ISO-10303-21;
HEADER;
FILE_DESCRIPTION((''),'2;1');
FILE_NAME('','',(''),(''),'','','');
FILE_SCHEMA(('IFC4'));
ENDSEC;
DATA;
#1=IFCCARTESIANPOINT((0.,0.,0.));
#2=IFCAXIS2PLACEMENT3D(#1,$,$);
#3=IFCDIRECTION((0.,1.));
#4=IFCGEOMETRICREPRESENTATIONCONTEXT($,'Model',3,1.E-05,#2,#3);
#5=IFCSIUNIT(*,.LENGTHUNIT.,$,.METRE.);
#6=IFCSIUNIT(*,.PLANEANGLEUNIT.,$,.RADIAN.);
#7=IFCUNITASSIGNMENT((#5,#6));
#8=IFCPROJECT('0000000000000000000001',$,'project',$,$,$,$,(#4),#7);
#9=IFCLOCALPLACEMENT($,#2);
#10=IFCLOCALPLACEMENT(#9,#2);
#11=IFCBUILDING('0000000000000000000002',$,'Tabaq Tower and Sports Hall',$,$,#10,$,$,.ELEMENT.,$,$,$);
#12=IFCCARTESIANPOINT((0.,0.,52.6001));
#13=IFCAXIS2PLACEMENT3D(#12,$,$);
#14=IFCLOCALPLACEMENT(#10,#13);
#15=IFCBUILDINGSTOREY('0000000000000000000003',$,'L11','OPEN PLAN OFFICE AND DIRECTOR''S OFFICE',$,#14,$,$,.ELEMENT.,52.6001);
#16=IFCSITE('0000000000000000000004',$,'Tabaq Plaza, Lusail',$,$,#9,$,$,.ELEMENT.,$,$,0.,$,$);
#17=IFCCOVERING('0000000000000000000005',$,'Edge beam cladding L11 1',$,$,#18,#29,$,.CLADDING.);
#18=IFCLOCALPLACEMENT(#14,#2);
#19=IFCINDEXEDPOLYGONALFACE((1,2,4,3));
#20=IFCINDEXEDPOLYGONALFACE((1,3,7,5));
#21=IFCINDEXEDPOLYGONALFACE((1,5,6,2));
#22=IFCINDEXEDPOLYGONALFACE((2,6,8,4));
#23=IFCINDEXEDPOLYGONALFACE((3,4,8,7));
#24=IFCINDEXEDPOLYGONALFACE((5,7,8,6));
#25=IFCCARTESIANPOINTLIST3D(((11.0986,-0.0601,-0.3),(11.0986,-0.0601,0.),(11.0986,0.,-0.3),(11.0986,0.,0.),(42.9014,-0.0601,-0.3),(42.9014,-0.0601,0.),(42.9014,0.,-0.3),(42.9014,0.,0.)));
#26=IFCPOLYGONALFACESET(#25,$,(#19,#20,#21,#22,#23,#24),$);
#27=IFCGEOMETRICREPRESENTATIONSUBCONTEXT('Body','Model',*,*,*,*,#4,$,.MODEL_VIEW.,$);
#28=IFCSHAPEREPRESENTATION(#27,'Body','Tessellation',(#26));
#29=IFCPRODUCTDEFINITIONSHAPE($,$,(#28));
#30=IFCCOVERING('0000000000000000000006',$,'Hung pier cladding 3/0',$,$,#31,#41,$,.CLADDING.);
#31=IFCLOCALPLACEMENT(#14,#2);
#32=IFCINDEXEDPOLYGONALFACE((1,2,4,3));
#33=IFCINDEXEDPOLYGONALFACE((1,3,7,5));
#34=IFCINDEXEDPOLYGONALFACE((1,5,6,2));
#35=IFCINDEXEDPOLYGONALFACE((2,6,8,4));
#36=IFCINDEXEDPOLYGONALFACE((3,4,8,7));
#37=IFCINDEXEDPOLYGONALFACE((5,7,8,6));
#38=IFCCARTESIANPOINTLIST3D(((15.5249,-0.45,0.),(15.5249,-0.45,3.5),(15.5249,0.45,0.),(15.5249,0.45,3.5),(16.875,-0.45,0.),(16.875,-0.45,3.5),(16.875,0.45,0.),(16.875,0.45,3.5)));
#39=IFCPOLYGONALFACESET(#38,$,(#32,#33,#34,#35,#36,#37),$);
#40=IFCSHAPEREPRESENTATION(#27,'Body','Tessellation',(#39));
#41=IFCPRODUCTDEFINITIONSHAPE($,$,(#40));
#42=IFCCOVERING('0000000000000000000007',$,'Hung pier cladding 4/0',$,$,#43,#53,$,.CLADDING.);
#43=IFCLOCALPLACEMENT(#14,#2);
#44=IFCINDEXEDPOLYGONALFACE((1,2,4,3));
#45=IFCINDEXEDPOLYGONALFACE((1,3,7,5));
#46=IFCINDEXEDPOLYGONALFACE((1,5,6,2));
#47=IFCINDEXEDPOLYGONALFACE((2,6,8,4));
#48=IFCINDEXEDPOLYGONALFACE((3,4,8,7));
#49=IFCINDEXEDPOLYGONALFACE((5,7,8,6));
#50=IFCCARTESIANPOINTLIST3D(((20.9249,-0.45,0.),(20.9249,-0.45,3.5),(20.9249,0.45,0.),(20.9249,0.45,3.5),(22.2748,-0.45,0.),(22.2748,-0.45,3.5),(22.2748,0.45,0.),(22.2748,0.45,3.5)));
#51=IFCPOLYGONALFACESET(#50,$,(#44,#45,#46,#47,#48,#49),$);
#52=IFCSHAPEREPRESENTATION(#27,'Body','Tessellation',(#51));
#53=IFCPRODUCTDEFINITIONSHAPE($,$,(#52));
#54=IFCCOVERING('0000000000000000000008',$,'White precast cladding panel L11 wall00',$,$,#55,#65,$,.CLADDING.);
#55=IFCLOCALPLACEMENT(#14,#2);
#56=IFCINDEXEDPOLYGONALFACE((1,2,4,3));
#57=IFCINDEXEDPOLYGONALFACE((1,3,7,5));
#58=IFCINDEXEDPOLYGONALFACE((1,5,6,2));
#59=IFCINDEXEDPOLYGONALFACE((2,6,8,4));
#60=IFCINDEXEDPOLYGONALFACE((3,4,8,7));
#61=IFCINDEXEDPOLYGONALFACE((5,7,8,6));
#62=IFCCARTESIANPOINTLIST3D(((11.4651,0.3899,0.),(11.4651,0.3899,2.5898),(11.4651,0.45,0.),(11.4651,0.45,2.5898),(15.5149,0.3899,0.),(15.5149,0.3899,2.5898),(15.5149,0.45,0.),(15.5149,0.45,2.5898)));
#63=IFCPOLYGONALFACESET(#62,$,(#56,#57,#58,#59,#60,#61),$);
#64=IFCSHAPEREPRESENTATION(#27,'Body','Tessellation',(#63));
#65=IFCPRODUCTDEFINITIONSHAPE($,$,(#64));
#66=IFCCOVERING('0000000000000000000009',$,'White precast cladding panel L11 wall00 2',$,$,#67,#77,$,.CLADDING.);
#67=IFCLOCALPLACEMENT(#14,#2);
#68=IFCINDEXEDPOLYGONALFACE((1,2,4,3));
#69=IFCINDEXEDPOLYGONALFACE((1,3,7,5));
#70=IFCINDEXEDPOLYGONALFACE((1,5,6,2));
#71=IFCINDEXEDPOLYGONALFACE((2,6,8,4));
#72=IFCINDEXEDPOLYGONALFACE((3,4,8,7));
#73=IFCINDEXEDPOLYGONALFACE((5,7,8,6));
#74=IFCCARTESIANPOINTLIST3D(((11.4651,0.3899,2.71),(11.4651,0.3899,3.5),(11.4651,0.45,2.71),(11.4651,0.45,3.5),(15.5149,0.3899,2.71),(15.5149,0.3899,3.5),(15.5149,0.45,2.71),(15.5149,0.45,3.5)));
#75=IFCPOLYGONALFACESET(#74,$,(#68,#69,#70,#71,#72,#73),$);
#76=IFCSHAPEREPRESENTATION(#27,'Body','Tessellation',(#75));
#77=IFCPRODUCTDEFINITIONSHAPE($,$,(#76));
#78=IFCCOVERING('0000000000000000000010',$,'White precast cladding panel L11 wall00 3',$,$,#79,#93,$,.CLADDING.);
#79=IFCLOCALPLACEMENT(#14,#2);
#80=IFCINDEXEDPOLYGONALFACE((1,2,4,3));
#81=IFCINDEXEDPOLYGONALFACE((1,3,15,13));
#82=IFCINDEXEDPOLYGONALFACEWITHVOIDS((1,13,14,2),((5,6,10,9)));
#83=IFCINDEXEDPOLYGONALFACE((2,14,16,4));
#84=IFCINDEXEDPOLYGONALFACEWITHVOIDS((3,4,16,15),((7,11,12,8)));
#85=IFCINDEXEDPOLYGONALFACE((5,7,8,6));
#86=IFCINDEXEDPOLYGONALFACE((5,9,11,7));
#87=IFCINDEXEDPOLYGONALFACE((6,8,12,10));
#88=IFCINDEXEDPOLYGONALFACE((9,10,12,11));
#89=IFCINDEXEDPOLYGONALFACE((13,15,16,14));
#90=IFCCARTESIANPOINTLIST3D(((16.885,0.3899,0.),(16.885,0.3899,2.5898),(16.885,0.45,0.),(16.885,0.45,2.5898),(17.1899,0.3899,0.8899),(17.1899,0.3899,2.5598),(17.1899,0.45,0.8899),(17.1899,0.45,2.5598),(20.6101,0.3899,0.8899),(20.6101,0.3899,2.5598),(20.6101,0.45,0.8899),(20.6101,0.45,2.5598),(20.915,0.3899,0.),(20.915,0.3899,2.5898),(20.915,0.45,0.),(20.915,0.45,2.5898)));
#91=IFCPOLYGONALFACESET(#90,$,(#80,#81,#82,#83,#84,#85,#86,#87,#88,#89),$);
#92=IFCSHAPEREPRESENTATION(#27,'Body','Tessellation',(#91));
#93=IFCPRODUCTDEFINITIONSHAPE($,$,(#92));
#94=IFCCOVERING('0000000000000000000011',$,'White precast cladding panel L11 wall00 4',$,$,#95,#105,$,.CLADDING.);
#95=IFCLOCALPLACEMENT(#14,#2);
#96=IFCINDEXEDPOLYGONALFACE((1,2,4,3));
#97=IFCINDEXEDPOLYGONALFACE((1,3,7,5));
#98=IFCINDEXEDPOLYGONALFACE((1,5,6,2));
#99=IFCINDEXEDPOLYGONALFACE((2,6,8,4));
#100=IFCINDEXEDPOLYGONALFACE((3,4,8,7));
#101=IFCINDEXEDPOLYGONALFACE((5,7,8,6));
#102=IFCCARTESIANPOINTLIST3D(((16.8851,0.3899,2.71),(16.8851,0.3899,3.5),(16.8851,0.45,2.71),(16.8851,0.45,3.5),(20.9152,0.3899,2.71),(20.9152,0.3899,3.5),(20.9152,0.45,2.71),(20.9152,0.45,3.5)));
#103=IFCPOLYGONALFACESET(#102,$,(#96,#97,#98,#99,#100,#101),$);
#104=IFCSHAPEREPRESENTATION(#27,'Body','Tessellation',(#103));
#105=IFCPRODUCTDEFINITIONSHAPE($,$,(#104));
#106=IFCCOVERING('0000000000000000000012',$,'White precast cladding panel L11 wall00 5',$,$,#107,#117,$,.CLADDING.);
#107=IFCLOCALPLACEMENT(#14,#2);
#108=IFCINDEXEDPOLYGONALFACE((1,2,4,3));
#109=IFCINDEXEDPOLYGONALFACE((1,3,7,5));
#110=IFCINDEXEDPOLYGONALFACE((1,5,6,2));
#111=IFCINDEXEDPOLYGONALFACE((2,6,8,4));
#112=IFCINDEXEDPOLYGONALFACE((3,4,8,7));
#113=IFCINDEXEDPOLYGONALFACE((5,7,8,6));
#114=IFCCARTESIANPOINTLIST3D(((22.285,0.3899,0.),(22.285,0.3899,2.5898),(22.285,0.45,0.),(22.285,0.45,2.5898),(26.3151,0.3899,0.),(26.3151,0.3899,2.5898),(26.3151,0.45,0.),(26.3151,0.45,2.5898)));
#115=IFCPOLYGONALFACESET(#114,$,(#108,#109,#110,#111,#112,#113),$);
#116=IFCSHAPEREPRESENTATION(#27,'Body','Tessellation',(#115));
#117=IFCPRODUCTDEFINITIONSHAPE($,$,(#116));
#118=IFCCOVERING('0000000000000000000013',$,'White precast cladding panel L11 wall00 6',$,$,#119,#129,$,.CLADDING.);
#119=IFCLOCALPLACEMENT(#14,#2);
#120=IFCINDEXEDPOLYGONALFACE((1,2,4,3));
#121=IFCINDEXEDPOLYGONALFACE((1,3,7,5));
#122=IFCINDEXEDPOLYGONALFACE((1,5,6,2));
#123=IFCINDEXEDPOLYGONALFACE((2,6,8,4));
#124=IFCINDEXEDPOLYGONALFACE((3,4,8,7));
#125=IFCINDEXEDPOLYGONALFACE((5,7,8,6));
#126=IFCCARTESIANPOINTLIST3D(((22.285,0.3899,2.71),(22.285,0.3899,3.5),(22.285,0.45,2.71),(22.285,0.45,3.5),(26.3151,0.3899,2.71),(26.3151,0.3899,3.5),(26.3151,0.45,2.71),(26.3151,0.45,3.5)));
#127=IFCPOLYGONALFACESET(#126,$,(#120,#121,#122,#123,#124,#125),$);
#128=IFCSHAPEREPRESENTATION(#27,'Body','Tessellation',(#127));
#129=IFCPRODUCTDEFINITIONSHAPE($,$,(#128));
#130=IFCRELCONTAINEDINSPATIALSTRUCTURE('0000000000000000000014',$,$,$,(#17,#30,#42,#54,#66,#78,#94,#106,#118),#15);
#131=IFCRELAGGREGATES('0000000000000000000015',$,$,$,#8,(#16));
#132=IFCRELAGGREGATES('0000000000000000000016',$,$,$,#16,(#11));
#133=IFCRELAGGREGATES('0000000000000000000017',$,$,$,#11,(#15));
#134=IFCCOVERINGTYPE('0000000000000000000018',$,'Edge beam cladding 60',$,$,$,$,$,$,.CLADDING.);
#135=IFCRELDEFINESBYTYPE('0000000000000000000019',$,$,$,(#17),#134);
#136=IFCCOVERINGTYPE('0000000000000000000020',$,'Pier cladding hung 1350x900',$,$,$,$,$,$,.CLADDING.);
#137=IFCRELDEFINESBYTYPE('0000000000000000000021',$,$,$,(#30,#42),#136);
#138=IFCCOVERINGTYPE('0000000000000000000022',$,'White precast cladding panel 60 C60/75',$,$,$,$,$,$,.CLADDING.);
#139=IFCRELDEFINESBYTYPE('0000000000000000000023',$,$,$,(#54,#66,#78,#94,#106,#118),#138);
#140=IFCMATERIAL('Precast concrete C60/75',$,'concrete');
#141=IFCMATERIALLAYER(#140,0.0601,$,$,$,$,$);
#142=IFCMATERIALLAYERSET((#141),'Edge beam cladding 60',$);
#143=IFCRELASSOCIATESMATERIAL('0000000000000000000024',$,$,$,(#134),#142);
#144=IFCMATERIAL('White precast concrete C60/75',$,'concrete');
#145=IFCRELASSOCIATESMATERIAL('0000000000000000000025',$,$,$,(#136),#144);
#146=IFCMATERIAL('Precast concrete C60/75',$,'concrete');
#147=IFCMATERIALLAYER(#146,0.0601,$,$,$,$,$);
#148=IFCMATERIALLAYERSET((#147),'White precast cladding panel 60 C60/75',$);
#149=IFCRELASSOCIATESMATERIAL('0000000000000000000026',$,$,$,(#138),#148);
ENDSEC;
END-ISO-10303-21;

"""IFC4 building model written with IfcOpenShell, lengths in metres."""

from ifc_helpers import new_model, si_unit, direction, frame, frame_2d, origin, place, context, subcontext, project, spatial, polyline, rectangle, outline, extrude, material, layer, layer_set, type_object, element, save


model = new_model("IFC4")

# Units and contexts
model_context = context("Model", 3, precision=1e-05, world=origin(), true_north=direction((0.0, 1.0)))
body_context = subcontext(model_context, "Body", "Model", "MODEL_VIEW")
ifc_project = project(units=[si_unit("LENGTHUNIT", "METRE"), si_unit("PLANEANGLEUNIT", "RADIAN")], contexts=[model_context])

# Site, building, storey
site_placement = place(None, origin())
site = spatial("IfcSite", under=ifc_project, at=site_placement, Name="Tabaq Plaza, Lusail", CompositionType="ELEMENT", RefElevation=0.0)
building_placement = place(site_placement, origin())
building = spatial("IfcBuilding", under=site, at=building_placement, Name="Tabaq Tower and Sports Hall", CompositionType="ELEMENT")
storey_placement = place(building_placement, frame((0.0, 0.0, 52.6001)))
storey = spatial("IfcBuildingStorey", under=building, at=storey_placement, Name="L11", Description="OPEN PLAN OFFICE AND DIRECTOR'S OFFICE", CompositionType="ELEMENT", Elevation=52.6001)

# Coverings
ifc_material_1 = material(Name="Precast concrete C60/75", Category="concrete")
ifc_layer_1 = layer(ifc_material_1, 0.0601)
ifc_layer_set_1 = layer_set([ifc_layer_1], Name="Edge beam cladding 60")
covering_type_1 = type_object("IfcCoveringType", Name="Edge beam cladding 60", PredefinedType="CLADDING", material=ifc_layer_set_1)
covering_1_placement = place(storey_placement, frame((11.0986, -0.03, -0.3), z_axis=(0.0, 0.0, 1.0), x_axis=(1.0, 0.0, 0.0)))
element("IfcCovering", 1, at=covering_1_placement, inside=storey, type_object=covering_type_1, Name="Edge beam cladding L11 1", PredefinedType="CLADDING", context=body_context, shape_type="SweptSolid", body=[
    extrude(rectangle(XDim=31.8027, YDim=0.0601, at=frame_2d((15.9014, 0.0))), origin(), (0.0, 0.0, 1.0), 0.3),
])
ifc_material_2 = material(Name="White precast concrete C60/75", Category="concrete")
covering_type_2 = type_object("IfcCoveringType", Name="Pier cladding hung 1350x900", PredefinedType="CLADDING", material=ifc_material_2)
covering_2_placement = place(storey_placement, frame((15.5249, 0.0, 0.0), z_axis=(0.0, 0.0, 1.0), x_axis=(1.0, 0.0, 0.0)))
element("IfcCovering", 2, at=covering_2_placement, inside=storey, type_object=covering_type_2, Name="Hung pier cladding 3/0", PredefinedType="CLADDING", context=body_context, shape_type="SweptSolid", body=[
    extrude(rectangle(XDim=1.3501, YDim=0.8999, at=frame_2d((0.675, 0.0))), origin(), (0.0, 0.0, 1.0), 3.5),
])
covering_3_placement = place(storey_placement, frame((20.925, 0.0, 0.0), z_axis=(0.0, 0.0, 1.0), x_axis=(1.0, 0.0, 0.0)))
element("IfcCovering", 3, at=covering_3_placement, inside=storey, type_object=covering_type_2, Name="Hung pier cladding 4/0", PredefinedType="CLADDING", context=body_context, shape_type="SweptSolid", body=[
    extrude(rectangle(XDim=1.3499, YDim=0.8999, at=frame_2d((0.6748, 0.0))), origin(), (0.0, 0.0, 1.0), 3.5),
])
ifc_material_3 = material(Name="Precast concrete C60/75", Category="concrete")
ifc_layer_2 = layer(ifc_material_3, 0.0601)
ifc_layer_set_2 = layer_set([ifc_layer_2], Name="White precast cladding panel 60 C60/75")
covering_type_3 = type_object("IfcCoveringType", Name="White precast cladding panel 60 C60/75", PredefinedType="CLADDING", material=ifc_layer_set_2)
covering_4_placement = place(storey_placement, frame((11.4651, 0.4199, 0.0), z_axis=(0.0, 0.0, 1.0), x_axis=(1.0, 0.0, 0.0)))
element("IfcCovering", 4, at=covering_4_placement, inside=storey, type_object=covering_type_3, Name="White precast cladding panel L11 wall00", PredefinedType="CLADDING", context=body_context, shape_type="SweptSolid", body=[
    extrude(rectangle(XDim=4.0498, YDim=0.0601, at=frame_2d((2.0249, 0.0))), origin(), (0.0, 0.0, 1.0), 2.5898),
])
covering_5_placement = place(storey_placement, frame((11.4651, 0.4199, 2.71), z_axis=(0.0, 0.0, 1.0), x_axis=(1.0, 0.0, 0.0)))
element("IfcCovering", 5, at=covering_5_placement, inside=storey, type_object=covering_type_3, Name="White precast cladding panel L11 wall00 2", PredefinedType="CLADDING", context=body_context, shape_type="SweptSolid", body=[
    extrude(rectangle(XDim=4.0498, YDim=0.0601, at=frame_2d((2.0249, 0.0))), origin(), (0.0, 0.0, 1.0), 0.79),
])
covering_6_placement = place(storey_placement, frame((16.885, 0.4199, 0.0), z_axis=(0.0, 0.0, 1.0), x_axis=(1.0, 0.0, 0.0)))
element("IfcCovering", 6, at=covering_6_placement, inside=storey, type_object=covering_type_3, Name="White precast cladding panel L11 wall00 3", PredefinedType="CLADDING", context=body_context, shape_type="SweptSolid", body=[
    extrude(outline(polyline([(0.0, 0.0), (4.03, 0.0), (4.03, 2.5898), (0.0, 2.5898), (0.0, 0.0)]), holes=[polyline([(3.7251, 0.8899), (0.3049, 0.8899), (0.3049, 2.5598), (3.7251, 2.5598), (3.7251, 0.8899)])]), frame((0.0, 0.03, 0.0), z_axis=(0.0, -1.0, 0.0), x_axis=(1.0, 0.0, 0.0)), (0.0, 0.0, 1.0), 0.0601),
])
covering_7_placement = place(storey_placement, frame((16.885, 0.4199, 2.71), z_axis=(0.0, 0.0, 1.0), x_axis=(1.0, 0.0, 0.0)))
element("IfcCovering", 7, at=covering_7_placement, inside=storey, type_object=covering_type_3, Name="White precast cladding panel L11 wall00 4", PredefinedType="CLADDING", context=body_context, shape_type="SweptSolid", body=[
    extrude(rectangle(XDim=4.03, YDim=0.0601, at=frame_2d((2.0151, 0.0))), origin(), (0.0, 0.0, 1.0), 0.79),
])
covering_8_placement = place(storey_placement, frame((22.2849, 0.4199, 0.0), z_axis=(0.0, 0.0, 1.0), x_axis=(1.0, 0.0, 0.0)))
element("IfcCovering", 8, at=covering_8_placement, inside=storey, type_object=covering_type_3, Name="White precast cladding panel L11 wall00 5", PredefinedType="CLADDING", context=body_context, shape_type="SweptSolid", body=[
    extrude(rectangle(XDim=4.03, YDim=0.0601, at=frame_2d((2.0151, 0.0))), origin(), (0.0, 0.0, 1.0), 2.5898),
])
covering_9_placement = place(storey_placement, frame((22.2849, 0.4199, 2.71), z_axis=(0.0, 0.0, 1.0), x_axis=(1.0, 0.0, 0.0)))
element("IfcCovering", 9, at=covering_9_placement, inside=storey, type_object=covering_type_3, Name="White precast cladding panel L11 wall00 6", PredefinedType="CLADDING", context=body_context, shape_type="SweptSolid", body=[
    extrude(rectangle(XDim=4.03, YDim=0.0601, at=frame_2d((2.0151, 0.0))), origin(), (0.0, 0.0, 1.0), 0.79),
])

save(model, "model.ifc")
